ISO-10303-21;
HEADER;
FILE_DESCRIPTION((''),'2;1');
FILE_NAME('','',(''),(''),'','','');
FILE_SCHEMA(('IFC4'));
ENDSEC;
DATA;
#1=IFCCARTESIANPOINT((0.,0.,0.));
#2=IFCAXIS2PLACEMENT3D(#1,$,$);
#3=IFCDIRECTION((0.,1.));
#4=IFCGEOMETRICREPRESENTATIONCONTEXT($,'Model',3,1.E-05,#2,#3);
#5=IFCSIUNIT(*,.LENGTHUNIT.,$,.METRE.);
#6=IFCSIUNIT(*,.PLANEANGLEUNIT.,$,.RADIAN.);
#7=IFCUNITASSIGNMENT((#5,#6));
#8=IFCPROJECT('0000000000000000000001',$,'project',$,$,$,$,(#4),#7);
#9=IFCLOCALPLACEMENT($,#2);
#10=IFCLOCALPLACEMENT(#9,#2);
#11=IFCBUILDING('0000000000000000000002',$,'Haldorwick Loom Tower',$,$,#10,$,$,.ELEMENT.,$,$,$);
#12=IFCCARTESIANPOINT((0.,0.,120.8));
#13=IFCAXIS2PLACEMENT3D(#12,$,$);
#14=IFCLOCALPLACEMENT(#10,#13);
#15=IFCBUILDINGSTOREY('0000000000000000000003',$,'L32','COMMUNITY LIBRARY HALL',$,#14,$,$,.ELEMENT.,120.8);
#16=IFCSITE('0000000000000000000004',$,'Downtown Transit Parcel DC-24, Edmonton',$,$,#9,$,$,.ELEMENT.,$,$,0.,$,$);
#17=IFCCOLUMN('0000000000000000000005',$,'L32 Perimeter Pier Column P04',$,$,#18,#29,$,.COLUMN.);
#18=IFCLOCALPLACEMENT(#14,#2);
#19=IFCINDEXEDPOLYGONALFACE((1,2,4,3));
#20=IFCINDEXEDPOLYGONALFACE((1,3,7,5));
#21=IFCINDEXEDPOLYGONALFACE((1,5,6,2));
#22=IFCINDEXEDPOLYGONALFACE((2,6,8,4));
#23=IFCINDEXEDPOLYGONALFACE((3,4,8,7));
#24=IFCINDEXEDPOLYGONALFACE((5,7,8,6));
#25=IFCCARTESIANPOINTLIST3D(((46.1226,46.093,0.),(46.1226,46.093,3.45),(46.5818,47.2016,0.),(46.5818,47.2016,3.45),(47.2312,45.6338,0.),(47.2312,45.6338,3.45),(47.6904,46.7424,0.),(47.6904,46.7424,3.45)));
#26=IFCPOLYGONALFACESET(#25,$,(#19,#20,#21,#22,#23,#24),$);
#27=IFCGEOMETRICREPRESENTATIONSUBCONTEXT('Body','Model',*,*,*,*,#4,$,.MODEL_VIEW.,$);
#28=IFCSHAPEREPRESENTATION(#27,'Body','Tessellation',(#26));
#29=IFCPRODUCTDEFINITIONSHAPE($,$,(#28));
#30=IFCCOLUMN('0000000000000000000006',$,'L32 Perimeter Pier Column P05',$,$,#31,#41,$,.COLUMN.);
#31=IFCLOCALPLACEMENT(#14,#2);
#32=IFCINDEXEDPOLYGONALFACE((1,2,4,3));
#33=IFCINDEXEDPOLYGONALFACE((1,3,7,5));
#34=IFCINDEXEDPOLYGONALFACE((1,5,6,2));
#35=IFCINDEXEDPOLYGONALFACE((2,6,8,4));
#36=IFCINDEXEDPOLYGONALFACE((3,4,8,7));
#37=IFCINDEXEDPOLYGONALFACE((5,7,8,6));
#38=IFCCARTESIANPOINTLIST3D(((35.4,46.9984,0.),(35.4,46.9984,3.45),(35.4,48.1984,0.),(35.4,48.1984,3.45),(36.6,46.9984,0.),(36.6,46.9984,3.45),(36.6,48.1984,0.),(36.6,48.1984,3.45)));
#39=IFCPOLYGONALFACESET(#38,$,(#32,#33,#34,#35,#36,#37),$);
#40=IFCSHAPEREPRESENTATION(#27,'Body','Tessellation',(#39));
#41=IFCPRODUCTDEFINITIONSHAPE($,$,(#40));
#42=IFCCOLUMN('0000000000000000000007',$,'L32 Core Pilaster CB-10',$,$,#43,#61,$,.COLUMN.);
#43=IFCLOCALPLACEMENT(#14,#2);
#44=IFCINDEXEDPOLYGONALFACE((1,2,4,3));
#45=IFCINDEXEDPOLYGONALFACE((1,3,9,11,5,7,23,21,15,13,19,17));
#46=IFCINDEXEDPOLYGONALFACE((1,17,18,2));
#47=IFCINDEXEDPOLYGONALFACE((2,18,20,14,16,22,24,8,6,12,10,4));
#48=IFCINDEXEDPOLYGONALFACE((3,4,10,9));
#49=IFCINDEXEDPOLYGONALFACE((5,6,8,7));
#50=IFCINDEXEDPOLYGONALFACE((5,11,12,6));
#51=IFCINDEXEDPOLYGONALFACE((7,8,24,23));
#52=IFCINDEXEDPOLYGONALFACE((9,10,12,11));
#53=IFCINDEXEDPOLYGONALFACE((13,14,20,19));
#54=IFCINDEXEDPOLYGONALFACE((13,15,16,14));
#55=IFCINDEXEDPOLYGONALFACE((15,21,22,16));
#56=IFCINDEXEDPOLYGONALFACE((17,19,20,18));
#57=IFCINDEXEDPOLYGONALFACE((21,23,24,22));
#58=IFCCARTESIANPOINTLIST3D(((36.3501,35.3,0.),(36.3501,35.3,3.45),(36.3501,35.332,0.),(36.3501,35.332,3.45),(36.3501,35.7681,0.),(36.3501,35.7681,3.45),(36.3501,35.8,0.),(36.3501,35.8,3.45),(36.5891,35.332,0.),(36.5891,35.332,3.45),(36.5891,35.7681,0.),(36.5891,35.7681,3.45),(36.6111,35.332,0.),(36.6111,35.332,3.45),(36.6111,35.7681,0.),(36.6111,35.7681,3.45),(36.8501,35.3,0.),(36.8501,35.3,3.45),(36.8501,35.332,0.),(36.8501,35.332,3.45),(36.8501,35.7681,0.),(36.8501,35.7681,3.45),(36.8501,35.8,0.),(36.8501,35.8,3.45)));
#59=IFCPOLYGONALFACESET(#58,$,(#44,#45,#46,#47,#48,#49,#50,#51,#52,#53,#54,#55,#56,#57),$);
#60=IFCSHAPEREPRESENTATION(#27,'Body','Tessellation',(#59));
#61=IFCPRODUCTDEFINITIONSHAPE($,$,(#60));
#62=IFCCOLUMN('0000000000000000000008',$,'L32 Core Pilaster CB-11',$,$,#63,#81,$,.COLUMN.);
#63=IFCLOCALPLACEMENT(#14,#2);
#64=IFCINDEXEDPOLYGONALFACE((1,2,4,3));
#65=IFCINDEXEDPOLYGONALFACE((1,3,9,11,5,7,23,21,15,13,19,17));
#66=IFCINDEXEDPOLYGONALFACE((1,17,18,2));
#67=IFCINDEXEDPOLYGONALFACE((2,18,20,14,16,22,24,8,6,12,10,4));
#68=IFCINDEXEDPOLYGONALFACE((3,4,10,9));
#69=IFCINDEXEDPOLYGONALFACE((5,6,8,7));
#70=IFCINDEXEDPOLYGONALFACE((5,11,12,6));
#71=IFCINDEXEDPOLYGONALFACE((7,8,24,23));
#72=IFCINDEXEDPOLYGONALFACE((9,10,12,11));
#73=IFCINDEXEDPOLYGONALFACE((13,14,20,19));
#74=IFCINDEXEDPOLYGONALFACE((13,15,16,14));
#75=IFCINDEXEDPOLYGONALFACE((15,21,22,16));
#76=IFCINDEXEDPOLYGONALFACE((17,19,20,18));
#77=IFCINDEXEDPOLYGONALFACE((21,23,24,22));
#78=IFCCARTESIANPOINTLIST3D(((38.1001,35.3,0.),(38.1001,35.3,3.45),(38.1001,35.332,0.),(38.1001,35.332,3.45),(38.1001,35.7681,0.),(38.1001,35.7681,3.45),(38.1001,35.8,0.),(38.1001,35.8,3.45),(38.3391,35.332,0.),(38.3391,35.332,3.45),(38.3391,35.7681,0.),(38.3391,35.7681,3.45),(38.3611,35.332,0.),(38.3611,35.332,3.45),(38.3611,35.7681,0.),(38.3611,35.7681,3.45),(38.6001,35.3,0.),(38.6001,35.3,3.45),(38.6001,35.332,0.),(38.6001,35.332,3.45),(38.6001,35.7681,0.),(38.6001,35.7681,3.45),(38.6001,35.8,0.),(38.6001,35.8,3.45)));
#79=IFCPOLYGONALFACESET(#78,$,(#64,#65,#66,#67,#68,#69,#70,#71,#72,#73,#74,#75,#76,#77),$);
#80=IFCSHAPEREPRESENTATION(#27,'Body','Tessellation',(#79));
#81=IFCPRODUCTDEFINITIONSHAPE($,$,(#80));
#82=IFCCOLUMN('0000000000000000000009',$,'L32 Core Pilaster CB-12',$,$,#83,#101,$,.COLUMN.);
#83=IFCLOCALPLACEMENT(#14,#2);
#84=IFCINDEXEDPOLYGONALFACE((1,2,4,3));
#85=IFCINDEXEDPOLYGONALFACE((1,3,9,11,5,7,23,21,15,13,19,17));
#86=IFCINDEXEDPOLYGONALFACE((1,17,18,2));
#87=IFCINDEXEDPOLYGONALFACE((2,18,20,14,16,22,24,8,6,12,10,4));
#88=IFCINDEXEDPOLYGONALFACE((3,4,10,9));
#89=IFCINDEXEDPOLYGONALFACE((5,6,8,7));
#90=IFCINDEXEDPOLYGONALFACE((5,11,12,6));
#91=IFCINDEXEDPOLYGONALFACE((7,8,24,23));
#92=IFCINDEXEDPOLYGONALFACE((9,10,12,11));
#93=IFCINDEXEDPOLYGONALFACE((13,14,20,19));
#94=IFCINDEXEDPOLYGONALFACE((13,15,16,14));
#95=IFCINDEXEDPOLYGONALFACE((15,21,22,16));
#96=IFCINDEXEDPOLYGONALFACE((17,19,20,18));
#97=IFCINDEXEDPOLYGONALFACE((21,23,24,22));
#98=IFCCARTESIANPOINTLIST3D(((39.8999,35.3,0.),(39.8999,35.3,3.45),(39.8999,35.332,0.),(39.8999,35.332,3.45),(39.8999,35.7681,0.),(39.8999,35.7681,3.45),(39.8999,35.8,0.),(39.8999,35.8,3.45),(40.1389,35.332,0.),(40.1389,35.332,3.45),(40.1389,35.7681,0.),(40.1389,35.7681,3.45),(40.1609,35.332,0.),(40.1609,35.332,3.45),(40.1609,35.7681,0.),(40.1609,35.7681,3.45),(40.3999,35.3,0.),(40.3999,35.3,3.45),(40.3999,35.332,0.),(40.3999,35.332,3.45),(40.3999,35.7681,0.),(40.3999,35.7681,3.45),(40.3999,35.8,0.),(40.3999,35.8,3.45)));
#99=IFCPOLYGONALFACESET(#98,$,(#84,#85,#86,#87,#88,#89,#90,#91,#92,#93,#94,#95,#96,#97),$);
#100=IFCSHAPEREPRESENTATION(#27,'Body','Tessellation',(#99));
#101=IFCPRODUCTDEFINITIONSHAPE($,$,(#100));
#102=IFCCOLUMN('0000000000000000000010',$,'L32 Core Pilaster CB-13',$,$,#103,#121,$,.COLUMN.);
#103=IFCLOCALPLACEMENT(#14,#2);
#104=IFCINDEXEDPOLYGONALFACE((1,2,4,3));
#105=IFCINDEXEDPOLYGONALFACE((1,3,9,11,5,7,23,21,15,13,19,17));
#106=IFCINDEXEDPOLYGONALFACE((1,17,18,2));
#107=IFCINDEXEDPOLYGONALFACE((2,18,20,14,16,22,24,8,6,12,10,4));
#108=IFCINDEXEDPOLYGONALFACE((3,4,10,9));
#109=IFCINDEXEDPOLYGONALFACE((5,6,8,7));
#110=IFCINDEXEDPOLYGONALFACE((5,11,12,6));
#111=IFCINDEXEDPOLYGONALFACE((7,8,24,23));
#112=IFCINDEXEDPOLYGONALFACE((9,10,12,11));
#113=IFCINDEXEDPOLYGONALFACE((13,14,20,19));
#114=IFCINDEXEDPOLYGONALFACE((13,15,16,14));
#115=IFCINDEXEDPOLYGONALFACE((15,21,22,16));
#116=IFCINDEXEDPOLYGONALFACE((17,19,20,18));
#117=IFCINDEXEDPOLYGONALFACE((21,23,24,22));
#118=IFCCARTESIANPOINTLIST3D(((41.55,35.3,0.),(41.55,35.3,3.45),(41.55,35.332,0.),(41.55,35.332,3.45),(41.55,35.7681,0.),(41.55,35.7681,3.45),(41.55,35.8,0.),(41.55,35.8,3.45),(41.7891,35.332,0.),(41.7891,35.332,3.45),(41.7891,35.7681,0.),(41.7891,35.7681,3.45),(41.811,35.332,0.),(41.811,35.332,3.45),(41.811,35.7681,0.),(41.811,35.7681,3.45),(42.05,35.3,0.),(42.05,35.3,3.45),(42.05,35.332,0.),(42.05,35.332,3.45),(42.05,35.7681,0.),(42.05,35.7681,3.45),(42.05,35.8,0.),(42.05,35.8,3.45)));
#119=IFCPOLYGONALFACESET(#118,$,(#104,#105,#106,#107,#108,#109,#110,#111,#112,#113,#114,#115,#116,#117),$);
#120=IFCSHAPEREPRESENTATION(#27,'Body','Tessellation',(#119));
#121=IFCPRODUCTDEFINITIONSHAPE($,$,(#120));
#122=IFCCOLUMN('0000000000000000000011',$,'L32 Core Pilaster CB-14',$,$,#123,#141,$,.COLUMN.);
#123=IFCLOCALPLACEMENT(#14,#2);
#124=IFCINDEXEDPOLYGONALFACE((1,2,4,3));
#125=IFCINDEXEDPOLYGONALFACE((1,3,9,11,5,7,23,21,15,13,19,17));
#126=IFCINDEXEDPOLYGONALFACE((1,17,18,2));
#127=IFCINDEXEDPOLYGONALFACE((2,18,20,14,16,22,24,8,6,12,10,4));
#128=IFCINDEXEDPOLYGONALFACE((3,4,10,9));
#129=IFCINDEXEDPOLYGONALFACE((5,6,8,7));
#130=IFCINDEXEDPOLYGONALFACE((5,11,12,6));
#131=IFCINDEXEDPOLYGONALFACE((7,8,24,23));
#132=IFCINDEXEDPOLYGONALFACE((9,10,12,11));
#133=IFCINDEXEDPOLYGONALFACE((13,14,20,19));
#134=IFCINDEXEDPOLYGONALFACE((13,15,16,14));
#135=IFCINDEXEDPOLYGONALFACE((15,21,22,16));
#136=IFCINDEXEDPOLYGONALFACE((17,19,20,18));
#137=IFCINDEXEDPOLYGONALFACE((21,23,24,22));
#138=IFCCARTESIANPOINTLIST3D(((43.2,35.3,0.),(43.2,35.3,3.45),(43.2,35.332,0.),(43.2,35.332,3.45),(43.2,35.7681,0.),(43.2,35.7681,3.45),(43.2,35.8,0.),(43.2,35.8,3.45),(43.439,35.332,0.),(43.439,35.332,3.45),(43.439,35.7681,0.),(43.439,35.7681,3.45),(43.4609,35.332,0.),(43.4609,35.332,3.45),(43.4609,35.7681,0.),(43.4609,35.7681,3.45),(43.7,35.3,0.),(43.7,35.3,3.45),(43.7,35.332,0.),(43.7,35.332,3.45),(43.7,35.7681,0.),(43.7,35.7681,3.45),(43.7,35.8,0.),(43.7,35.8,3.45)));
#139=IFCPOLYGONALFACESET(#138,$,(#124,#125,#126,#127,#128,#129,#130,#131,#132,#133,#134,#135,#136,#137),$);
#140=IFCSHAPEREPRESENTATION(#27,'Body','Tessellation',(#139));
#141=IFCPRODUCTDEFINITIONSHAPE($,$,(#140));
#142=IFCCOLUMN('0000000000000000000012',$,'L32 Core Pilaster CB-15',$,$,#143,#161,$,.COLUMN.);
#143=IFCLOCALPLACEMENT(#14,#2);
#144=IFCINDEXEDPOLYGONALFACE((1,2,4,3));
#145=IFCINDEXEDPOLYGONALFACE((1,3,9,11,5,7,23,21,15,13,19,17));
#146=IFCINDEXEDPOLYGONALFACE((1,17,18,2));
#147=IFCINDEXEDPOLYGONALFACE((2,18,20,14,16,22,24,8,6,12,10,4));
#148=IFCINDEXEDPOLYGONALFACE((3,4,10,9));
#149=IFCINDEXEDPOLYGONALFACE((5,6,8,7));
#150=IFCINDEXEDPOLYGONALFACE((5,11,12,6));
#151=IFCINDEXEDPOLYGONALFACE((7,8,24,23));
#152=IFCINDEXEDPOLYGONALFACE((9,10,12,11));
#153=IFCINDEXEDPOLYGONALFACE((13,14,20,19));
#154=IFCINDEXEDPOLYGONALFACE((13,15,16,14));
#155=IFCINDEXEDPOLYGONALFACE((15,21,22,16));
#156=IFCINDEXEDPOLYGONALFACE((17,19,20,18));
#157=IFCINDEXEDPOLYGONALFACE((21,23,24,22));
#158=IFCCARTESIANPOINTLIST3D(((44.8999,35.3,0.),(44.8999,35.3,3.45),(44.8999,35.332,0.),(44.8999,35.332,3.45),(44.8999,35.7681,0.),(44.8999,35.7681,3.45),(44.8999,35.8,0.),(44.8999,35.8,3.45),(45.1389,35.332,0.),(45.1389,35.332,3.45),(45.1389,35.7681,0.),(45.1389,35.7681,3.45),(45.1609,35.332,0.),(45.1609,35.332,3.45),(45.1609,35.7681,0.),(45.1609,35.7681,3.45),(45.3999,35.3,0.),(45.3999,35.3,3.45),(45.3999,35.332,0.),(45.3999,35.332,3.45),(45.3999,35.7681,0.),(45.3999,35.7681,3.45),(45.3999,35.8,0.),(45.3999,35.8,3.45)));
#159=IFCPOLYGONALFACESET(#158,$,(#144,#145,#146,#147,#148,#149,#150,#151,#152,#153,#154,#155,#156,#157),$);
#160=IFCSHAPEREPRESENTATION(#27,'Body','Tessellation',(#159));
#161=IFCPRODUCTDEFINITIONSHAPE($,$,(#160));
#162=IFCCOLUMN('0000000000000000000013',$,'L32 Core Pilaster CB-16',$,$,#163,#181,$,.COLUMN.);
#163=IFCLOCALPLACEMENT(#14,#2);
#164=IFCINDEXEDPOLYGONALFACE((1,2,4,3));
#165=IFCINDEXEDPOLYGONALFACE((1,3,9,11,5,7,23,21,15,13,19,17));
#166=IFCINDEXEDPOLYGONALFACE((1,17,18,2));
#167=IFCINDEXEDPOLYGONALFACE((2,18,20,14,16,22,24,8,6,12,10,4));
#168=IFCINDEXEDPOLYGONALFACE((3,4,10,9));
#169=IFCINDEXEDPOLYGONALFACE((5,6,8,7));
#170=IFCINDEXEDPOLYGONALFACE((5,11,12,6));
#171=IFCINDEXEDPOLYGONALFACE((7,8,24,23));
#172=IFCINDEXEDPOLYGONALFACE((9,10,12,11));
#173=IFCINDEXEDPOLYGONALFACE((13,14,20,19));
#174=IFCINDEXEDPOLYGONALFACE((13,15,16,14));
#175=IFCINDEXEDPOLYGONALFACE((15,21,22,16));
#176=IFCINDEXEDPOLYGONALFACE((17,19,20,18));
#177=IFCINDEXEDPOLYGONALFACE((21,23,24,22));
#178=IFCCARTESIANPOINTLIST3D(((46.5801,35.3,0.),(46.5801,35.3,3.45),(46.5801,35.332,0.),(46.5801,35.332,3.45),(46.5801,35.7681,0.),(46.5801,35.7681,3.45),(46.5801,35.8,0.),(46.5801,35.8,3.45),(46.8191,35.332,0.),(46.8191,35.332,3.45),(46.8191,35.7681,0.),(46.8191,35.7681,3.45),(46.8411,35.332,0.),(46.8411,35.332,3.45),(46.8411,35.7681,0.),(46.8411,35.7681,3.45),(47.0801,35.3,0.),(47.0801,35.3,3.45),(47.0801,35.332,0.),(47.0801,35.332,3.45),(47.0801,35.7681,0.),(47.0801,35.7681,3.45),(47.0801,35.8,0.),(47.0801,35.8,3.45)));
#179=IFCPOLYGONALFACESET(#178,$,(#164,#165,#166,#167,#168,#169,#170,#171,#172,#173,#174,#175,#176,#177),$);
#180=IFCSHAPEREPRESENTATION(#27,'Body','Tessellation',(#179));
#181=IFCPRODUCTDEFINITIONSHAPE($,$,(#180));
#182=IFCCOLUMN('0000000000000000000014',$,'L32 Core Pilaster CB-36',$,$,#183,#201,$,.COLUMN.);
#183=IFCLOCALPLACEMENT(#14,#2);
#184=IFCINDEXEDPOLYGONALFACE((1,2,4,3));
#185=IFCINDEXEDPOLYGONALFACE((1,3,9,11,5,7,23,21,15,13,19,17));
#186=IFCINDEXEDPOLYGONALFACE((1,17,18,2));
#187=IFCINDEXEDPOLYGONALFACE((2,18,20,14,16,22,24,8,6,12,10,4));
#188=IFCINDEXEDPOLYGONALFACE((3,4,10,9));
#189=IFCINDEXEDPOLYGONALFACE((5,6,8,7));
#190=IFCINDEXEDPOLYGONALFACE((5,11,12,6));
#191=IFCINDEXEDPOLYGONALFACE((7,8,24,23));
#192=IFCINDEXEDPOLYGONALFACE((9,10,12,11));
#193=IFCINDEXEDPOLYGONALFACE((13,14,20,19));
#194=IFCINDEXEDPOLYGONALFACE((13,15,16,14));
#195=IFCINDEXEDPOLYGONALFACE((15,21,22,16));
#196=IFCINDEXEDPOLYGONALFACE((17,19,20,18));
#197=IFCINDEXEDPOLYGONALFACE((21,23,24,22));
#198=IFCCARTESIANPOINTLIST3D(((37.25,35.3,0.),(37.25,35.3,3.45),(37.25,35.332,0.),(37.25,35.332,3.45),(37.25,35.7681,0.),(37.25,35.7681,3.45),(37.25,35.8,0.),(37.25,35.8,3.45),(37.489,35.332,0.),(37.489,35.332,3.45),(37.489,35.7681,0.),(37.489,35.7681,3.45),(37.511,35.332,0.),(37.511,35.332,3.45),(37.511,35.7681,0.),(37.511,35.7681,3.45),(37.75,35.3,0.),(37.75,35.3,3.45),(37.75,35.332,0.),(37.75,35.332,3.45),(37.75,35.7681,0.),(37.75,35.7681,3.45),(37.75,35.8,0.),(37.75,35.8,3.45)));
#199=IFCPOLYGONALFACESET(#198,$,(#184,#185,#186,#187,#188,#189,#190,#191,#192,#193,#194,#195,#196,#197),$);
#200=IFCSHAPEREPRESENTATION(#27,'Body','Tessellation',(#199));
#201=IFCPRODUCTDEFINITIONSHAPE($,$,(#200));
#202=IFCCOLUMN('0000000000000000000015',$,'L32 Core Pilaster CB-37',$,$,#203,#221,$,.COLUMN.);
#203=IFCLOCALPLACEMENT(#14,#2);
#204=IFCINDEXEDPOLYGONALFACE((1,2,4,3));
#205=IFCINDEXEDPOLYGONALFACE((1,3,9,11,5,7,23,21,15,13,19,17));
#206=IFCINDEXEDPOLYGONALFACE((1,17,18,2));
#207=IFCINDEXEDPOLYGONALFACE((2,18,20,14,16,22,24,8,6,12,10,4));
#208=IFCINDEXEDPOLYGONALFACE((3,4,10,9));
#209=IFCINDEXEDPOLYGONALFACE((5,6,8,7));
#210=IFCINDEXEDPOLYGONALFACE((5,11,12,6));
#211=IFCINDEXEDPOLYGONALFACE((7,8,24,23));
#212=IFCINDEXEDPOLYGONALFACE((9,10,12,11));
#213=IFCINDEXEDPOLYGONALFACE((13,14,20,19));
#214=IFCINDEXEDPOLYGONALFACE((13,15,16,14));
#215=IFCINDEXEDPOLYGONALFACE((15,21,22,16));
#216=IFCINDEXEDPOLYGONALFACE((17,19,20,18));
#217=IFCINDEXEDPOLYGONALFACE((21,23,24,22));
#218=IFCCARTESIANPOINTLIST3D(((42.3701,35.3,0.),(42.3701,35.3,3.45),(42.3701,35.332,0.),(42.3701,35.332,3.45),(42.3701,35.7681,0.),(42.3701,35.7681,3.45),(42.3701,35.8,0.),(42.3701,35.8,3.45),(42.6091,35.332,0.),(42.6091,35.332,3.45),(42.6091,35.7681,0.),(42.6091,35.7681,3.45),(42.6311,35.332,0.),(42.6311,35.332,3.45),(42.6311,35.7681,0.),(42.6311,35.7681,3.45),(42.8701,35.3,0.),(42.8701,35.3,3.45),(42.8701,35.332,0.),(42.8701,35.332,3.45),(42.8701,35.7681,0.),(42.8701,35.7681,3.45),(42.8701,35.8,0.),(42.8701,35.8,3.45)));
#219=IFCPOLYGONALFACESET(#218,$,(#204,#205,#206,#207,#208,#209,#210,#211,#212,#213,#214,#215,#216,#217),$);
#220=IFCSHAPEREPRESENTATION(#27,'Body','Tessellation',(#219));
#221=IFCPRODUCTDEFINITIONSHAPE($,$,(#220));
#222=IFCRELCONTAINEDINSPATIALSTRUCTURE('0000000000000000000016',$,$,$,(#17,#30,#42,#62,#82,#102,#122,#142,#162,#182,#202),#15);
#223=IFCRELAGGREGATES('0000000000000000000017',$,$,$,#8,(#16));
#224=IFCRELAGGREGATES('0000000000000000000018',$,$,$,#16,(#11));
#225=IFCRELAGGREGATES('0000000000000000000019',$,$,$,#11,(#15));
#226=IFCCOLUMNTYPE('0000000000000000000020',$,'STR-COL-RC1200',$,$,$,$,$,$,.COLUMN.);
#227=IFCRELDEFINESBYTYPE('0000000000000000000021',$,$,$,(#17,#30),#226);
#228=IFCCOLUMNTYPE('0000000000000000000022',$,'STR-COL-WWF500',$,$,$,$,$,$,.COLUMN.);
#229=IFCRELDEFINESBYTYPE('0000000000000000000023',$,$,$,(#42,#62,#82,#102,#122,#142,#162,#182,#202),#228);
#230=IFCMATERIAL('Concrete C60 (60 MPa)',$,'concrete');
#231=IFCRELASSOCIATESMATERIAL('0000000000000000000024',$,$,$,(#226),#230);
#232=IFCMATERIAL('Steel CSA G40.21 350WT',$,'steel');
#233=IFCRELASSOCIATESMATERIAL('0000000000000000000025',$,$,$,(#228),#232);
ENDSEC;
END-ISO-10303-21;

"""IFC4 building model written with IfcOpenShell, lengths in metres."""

from ifc_helpers import new_model, si_unit, direction, frame, origin, origin_2d, place, context, subcontext, project, spatial, rectangle, i_section, extrude, material, material_profile, profile_set, type_object, element, save


model = new_model("IFC4")

# Units and contexts
model_context = context("Model", 3, precision=1e-05, world=origin(), true_north=direction((0.0, 1.0)))
body_context = subcontext(model_context, "Body", "Model", "MODEL_VIEW")
ifc_project = project(units=[si_unit("LENGTHUNIT", "METRE"), si_unit("PLANEANGLEUNIT", "RADIAN")], contexts=[model_context])

# Site, building, storey
site_placement = place(None, origin())
site = spatial("IfcSite", under=ifc_project, at=site_placement, Name="Downtown Transit Parcel DC-24, Edmonton", CompositionType="ELEMENT", RefElevation=0.0)
building_placement = place(site_placement, origin())
building = spatial("IfcBuilding", under=site, at=building_placement, Name="Haldorwick Loom Tower", CompositionType="ELEMENT")
storey_placement = place(building_placement, frame((0.0, 0.0, 120.8)))
storey = spatial("IfcBuildingStorey", under=building, at=storey_placement, Name="L32", Description="COMMUNITY LIBRARY HALL", CompositionType="ELEMENT", Elevation=120.8)

# Columns
ifc_material_1 = material(Name="Concrete C60 (60 MPa)", Category="concrete")
ifc_material_profile_1 = material_profile(ifc_material_1, rectangle(XDim=1.2, YDim=1.2, at=origin_2d()), Name="RC1200X1200", Category="concrete")
ifc_profile_set_1 = profile_set([ifc_material_profile_1], Name="Concrete C60 (60 MPa)")
column_type_1 = type_object("IfcColumnType", Name="STR-COL-RC1200", PredefinedType="COLUMN", material=ifc_profile_set_1)
for number, where, z_axis, x_axis, name in (
    (1, (46.9065, 46.4177, 0.0), (0.0, 0.0, 1.0), (0.382683, 0.92388, 0.0), "L32 Perimeter Pier Column P04"),
    (2, (36.0, 47.5984, 0.0), (0.0, 0.0, 1.0), (0.0, 1.0, 0.0), "L32 Perimeter Pier Column P05"),
):
    element("IfcColumn", number, at=place(storey_placement, frame(where, z_axis=z_axis, x_axis=x_axis)), inside=storey, type_object=column_type_1, Name=name, PredefinedType="COLUMN", context=body_context, shape_type="SweptSolid", body=[
        extrude(rectangle(XDim=1.2, YDim=1.2, at=origin_2d()), origin(), (0.0, 0.0, 1.0), 3.45),
    ])
ifc_material_2 = material(Name="Steel CSA G40.21 350WT", Category="steel")
ifc_material_profile_2 = material_profile(ifc_material_2, i_section(OverallWidth=0.5, OverallDepth=0.5, WebThickness=0.022, FlangeThickness=0.032, at=origin_2d()), Name="WWF500X500", Category="steel")
ifc_profile_set_2 = profile_set([ifc_material_profile_2], Name="Steel CSA G40.21 350WT")
column_type_2 = type_object("IfcColumnType", Name="STR-COL-WWF500", PredefinedType="COLUMN", material=ifc_profile_set_2)
for number, where, z_axis, x_axis, name in (
    (3, (36.6001, 35.55, 0.0), (0.0, 0.0, 1.0), (1.0, 0.0, 0.0), "L32 Core Pilaster CB-10"),
    (4, (38.3501, 35.55, 0.0), (0.0, 0.0, 1.0), (1.0, 0.0, 0.0), "L32 Core Pilaster CB-11"),
    (5, (40.1499, 35.55, 0.0), (0.0, 0.0, 1.0), (1.0, 0.0, 0.0), "L32 Core Pilaster CB-12"),
    (6, (41.8, 35.55, 0.0), (0.0, 0.0, 1.0), (1.0, 0.0, 0.0), "L32 Core Pilaster CB-13"),
    (7, (43.45, 35.55, 0.0), (0.0, 0.0, 1.0), (1.0, 0.0, 0.0), "L32 Core Pilaster CB-14"),
    (8, (45.1499, 35.55, 0.0), (0.0, 0.0, 1.0), (1.0, 0.0, 0.0), "L32 Core Pilaster CB-15"),
    (9, (46.8301, 35.55, 0.0), (0.0, 0.0, 1.0), (1.0, 0.0, 0.0), "L32 Core Pilaster CB-16"),
    (10, (37.5, 35.55, 0.0), (0.0, 0.0, 1.0), (1.0, 0.0, 0.0), "L32 Core Pilaster CB-36"),
    (11, (42.6201, 35.55, 0.0), (0.0, 0.0, 1.0), (1.0, 0.0, 0.0), "L32 Core Pilaster CB-37"),
):
    element("IfcColumn", number, at=place(storey_placement, frame(where, z_axis=z_axis, x_axis=x_axis)), inside=storey, type_object=column_type_2, Name=name, PredefinedType="COLUMN", context=body_context, shape_type="SweptSolid", body=[
        extrude(i_section(OverallWidth=0.5, OverallDepth=0.5, WebThickness=0.022, FlangeThickness=0.032, at=origin_2d()), origin(), (0.0, 0.0, 1.0), 3.45),
    ])

save(model, "model.ifc")
